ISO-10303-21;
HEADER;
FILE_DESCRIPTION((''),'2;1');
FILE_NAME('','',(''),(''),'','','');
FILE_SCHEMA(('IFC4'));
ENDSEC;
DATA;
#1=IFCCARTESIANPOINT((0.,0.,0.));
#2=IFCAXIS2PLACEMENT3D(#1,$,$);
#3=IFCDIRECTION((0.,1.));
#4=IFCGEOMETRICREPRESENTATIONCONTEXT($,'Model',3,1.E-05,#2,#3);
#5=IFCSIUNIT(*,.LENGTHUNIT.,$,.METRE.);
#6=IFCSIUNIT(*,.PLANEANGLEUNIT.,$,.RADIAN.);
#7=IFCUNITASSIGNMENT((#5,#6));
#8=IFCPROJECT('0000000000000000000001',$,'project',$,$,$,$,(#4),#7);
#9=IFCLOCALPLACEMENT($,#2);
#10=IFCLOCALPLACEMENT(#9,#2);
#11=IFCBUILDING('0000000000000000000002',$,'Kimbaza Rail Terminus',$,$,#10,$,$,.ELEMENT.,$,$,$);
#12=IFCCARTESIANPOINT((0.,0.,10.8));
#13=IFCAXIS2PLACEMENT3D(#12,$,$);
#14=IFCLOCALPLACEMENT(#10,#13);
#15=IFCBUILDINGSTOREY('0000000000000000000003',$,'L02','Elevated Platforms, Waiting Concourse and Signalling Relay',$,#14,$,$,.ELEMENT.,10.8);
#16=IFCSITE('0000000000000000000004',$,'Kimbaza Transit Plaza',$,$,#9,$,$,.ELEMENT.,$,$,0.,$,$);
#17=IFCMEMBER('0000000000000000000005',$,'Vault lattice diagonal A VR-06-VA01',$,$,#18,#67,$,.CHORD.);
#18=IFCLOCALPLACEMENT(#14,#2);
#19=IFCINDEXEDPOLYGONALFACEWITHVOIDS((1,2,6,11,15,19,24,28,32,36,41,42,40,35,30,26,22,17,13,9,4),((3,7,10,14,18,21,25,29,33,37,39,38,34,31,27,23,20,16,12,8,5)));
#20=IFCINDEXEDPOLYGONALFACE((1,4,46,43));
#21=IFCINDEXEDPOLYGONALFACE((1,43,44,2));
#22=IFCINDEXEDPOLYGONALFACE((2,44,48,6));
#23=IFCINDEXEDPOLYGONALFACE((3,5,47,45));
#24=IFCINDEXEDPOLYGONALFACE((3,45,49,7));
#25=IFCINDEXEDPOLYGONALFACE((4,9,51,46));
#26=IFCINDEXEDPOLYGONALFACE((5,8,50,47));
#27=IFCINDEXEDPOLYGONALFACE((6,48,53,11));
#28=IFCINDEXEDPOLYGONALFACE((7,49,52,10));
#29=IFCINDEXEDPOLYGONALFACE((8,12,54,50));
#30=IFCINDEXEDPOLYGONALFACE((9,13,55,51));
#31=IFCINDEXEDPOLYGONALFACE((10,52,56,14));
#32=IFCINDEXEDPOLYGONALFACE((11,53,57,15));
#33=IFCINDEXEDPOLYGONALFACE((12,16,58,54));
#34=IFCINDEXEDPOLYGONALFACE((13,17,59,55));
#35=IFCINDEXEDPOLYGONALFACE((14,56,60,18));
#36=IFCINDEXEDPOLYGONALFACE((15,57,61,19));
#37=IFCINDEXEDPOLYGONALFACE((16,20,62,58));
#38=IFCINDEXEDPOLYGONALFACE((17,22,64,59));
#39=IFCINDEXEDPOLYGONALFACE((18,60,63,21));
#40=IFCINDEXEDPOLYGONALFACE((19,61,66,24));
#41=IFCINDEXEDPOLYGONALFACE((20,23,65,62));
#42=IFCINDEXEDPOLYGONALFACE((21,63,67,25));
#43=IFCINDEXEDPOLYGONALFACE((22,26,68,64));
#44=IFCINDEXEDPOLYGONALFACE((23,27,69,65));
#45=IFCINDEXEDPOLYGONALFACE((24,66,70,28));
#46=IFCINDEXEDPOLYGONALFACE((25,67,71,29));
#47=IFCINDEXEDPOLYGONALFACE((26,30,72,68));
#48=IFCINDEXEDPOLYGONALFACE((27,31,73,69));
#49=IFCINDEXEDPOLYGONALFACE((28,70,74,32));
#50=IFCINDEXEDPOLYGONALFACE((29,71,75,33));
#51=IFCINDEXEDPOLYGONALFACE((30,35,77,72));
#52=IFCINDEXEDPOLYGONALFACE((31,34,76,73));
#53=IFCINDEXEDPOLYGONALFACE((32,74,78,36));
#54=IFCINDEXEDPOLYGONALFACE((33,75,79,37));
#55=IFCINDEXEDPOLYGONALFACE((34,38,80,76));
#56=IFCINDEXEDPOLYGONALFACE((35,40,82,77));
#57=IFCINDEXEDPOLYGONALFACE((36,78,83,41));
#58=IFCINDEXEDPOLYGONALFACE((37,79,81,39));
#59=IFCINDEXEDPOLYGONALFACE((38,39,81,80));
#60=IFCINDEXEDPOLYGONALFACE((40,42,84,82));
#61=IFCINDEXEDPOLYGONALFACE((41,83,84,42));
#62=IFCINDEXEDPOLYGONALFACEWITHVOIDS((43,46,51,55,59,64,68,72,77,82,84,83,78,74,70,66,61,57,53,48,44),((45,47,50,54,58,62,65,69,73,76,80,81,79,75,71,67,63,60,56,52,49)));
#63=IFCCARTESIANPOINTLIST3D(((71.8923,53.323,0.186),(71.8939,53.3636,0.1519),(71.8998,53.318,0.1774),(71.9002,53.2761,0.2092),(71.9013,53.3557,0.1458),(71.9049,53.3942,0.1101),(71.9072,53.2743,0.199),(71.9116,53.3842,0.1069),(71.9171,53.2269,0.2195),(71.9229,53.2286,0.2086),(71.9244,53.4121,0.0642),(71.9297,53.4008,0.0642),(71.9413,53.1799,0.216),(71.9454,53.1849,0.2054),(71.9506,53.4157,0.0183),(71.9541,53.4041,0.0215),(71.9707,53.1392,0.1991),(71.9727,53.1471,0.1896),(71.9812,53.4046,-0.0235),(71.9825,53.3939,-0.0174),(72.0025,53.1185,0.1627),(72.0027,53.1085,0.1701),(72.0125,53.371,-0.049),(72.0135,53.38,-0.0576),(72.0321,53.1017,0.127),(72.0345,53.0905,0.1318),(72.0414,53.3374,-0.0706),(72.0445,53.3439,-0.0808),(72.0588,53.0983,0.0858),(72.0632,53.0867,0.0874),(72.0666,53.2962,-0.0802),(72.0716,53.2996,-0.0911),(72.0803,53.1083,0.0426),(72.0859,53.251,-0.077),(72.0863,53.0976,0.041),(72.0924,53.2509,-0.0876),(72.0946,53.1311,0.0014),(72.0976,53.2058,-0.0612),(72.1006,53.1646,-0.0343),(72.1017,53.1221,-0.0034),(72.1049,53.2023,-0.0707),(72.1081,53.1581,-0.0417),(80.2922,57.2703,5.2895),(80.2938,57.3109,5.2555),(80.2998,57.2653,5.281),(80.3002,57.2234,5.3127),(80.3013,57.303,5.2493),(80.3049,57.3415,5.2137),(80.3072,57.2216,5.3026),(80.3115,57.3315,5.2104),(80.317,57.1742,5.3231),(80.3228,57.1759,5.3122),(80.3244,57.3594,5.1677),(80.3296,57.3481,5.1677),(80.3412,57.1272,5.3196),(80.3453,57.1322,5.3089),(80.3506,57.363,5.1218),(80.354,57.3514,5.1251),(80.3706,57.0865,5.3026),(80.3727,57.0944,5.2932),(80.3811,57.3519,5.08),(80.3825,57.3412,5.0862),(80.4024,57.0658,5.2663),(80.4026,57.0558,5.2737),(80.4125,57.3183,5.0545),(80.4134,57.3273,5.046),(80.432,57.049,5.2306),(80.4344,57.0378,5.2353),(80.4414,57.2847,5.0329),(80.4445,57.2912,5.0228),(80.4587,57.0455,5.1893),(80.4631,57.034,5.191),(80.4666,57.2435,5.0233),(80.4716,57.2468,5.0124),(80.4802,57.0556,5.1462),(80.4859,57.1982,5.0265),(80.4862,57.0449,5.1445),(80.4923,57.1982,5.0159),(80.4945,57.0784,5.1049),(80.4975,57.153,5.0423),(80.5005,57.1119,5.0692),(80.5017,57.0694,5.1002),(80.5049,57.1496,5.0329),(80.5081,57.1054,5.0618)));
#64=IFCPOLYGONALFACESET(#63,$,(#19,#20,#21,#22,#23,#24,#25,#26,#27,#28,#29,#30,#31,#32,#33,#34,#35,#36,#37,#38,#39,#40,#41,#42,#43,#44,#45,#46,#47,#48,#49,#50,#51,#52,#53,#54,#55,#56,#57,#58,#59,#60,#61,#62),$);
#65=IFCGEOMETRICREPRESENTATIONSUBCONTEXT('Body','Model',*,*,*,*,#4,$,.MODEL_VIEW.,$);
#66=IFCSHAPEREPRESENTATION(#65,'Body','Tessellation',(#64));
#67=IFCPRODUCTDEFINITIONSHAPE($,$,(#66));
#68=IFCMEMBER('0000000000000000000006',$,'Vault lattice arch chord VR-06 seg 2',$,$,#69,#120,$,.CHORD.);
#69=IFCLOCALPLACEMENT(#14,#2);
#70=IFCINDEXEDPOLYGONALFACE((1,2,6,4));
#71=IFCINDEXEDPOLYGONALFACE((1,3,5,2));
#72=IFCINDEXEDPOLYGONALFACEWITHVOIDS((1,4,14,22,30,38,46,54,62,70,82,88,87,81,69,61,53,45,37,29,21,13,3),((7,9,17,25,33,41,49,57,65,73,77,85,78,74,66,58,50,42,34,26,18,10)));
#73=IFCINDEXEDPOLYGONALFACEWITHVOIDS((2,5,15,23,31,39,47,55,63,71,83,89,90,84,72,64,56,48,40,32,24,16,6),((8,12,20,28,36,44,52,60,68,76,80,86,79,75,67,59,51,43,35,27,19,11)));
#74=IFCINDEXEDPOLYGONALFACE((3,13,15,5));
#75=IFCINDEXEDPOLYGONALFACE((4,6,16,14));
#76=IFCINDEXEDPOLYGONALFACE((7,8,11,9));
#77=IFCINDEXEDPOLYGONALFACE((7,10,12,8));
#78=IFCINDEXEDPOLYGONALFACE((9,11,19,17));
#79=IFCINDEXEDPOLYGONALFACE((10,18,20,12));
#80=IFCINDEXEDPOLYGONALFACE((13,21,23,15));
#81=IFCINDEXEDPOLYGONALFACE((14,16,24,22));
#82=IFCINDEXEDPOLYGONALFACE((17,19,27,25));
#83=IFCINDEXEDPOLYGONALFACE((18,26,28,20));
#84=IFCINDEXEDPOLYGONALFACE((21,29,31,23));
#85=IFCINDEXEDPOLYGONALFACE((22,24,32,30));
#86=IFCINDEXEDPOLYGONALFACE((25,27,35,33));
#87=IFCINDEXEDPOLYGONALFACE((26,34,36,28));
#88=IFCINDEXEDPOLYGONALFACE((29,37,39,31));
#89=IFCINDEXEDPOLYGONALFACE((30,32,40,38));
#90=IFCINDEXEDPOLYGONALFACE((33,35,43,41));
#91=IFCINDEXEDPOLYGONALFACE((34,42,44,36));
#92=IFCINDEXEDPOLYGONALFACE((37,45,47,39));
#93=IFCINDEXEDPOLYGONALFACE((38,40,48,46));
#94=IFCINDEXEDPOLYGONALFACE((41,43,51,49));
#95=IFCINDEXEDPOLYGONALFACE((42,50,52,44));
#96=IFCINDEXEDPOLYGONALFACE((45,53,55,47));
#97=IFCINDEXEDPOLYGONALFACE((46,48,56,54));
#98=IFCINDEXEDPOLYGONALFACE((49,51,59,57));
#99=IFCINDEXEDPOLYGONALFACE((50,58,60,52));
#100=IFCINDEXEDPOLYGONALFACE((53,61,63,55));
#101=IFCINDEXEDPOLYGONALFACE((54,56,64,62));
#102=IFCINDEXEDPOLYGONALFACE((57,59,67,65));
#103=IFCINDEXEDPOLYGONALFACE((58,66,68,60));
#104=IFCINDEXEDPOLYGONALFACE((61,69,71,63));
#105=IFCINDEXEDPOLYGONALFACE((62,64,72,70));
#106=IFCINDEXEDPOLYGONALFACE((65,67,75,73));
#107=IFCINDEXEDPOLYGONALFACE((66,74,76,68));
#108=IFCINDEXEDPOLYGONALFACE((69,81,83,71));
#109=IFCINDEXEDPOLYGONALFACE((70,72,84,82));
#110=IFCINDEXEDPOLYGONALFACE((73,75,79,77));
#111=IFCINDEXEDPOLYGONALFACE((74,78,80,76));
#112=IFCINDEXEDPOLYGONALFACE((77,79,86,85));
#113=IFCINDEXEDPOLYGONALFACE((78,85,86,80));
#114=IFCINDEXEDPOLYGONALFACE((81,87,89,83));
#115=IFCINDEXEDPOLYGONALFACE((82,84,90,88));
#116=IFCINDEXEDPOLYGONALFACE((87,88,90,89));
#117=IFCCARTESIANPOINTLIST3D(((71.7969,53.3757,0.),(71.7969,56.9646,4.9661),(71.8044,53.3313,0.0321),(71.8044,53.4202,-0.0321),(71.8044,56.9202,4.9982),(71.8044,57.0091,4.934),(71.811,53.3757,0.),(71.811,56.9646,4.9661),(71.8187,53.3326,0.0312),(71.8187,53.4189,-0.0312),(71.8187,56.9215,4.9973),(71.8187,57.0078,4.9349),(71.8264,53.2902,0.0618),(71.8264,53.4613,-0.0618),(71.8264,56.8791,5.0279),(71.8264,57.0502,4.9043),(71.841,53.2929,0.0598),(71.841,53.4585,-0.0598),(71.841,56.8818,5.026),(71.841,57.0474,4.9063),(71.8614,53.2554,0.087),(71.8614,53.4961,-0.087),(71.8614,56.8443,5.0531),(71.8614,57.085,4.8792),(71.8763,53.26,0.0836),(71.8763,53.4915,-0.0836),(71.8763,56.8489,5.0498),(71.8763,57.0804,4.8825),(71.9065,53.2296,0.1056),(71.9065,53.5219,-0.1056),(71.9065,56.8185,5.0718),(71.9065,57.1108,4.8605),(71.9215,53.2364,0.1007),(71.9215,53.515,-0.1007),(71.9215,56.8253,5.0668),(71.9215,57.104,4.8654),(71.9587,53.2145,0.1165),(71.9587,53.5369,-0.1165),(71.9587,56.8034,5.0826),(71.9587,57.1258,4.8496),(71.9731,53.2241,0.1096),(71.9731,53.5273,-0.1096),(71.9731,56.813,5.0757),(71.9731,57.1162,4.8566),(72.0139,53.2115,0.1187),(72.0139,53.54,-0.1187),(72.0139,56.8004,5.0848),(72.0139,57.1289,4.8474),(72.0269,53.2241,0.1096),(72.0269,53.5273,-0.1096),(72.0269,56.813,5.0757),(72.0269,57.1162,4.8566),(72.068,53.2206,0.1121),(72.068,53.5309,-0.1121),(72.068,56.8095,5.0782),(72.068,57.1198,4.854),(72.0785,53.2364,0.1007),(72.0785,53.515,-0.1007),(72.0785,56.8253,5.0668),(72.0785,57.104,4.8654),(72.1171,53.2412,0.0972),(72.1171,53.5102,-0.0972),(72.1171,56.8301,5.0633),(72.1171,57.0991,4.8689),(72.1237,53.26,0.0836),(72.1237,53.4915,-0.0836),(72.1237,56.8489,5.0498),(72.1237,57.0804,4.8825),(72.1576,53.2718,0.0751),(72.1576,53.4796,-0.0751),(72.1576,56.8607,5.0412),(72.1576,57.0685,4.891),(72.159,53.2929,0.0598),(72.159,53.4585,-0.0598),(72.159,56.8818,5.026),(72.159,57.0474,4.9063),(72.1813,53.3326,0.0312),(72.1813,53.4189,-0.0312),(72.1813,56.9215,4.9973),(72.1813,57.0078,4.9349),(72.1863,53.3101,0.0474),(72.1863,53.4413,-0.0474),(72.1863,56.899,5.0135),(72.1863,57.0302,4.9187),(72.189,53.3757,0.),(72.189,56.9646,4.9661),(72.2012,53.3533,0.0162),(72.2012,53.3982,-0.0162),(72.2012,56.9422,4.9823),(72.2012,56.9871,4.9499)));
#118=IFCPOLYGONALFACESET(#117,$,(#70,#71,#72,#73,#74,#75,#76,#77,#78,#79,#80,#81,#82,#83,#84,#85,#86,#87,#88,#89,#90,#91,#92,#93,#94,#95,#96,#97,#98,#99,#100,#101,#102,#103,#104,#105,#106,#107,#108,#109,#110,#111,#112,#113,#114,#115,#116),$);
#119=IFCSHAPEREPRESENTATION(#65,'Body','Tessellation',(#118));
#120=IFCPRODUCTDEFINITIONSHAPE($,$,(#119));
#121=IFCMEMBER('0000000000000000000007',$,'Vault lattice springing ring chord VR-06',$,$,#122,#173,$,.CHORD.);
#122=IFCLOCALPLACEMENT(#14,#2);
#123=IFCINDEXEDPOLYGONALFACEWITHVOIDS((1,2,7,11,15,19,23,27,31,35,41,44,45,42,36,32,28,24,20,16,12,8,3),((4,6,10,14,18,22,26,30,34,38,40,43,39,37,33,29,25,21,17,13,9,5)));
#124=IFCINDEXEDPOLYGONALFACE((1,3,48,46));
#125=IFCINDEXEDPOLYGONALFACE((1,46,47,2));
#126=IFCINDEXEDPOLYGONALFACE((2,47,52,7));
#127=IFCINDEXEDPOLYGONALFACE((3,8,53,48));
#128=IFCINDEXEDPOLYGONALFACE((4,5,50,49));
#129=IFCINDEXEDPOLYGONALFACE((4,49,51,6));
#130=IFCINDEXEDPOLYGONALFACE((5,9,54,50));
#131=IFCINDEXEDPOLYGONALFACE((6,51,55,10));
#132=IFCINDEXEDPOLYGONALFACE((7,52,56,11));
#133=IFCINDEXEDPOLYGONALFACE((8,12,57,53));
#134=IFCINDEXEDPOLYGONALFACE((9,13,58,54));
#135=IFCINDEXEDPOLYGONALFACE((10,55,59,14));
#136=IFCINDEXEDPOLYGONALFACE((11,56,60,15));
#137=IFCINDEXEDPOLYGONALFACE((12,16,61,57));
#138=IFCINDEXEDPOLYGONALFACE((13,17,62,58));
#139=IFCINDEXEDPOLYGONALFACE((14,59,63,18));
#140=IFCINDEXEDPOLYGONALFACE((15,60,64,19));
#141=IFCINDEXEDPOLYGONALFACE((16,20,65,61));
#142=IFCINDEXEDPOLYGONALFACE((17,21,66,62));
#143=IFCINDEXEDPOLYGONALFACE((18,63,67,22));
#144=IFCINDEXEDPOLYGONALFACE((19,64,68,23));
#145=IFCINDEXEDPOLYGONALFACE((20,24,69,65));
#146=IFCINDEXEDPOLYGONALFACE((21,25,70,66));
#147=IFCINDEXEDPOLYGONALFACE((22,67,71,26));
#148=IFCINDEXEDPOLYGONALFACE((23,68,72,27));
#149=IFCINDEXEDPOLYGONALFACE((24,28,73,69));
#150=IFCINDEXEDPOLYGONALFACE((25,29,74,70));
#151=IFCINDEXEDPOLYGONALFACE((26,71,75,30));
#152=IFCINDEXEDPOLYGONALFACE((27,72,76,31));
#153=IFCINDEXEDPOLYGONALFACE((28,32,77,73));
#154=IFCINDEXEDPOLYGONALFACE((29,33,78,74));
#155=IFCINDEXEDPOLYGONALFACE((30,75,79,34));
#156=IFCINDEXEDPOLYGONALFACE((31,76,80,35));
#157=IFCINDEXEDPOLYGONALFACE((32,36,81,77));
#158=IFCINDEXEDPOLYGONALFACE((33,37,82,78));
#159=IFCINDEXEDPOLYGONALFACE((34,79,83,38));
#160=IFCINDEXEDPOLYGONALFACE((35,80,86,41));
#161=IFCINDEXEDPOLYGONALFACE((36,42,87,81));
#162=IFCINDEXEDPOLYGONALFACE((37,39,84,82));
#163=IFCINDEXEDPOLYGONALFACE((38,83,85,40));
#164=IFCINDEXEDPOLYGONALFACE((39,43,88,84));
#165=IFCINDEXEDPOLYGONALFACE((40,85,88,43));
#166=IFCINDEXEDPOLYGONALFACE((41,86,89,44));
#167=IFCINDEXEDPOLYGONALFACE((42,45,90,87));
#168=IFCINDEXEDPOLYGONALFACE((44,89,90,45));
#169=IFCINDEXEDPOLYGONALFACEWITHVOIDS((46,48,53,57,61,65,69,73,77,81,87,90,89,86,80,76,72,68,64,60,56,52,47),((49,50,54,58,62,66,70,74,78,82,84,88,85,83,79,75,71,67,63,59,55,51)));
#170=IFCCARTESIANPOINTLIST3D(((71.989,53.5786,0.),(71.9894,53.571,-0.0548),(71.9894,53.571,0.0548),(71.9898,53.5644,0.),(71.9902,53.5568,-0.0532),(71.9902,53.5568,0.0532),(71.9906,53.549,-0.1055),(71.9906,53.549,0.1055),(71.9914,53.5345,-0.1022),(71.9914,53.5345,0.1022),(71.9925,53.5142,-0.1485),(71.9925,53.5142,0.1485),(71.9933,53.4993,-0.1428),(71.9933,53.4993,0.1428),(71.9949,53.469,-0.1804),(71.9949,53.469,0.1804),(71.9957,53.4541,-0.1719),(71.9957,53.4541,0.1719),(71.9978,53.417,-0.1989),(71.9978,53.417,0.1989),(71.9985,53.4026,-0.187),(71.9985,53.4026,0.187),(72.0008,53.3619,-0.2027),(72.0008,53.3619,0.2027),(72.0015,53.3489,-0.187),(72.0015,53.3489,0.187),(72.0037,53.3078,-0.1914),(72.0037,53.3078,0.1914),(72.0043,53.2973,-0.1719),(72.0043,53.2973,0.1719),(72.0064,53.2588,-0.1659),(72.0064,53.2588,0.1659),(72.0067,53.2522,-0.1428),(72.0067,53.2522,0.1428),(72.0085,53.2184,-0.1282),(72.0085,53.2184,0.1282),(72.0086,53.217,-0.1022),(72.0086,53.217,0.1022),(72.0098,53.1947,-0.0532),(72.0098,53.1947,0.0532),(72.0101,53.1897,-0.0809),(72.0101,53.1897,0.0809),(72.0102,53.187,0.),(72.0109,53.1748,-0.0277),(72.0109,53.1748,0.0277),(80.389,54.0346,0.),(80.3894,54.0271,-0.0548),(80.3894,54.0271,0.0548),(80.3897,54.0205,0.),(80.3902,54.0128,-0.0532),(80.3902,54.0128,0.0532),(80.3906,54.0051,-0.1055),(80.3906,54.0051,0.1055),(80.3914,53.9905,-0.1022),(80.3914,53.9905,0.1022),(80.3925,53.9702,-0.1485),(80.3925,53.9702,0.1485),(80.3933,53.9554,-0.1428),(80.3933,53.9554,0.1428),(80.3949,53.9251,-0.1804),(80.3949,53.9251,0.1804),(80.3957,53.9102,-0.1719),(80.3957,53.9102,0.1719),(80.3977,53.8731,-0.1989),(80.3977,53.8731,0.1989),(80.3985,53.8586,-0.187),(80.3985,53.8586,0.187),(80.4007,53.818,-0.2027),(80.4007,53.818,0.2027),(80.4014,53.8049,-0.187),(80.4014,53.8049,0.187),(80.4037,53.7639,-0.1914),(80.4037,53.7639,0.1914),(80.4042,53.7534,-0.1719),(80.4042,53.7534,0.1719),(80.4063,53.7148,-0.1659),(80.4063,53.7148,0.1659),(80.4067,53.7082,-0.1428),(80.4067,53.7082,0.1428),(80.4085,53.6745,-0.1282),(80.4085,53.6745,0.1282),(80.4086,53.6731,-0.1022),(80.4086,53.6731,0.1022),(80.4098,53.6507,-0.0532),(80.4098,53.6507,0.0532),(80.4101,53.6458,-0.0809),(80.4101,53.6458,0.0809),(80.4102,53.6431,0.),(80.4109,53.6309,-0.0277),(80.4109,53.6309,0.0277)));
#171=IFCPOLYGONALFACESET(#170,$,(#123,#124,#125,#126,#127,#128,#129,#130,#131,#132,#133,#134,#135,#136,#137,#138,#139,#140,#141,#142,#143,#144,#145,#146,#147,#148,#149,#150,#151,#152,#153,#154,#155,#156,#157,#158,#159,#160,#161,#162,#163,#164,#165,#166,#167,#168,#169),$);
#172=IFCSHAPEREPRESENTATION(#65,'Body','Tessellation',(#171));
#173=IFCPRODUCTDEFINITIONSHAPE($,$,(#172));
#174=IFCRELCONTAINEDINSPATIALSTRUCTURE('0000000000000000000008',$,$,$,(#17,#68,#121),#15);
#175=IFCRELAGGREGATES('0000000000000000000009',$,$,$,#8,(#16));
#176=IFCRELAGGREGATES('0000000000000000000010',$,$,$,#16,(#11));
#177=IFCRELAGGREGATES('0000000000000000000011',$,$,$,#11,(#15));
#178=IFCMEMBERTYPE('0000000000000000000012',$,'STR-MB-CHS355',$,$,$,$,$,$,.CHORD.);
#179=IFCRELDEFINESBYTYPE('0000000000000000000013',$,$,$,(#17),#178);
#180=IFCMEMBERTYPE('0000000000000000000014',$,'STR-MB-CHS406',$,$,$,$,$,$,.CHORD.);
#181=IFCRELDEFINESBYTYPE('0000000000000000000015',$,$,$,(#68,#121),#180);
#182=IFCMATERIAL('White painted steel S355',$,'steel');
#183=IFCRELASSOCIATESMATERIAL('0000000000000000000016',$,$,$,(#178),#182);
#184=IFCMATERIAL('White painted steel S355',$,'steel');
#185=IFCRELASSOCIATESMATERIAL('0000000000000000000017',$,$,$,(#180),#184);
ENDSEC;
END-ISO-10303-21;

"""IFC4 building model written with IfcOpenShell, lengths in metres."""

from ifc_helpers import new_model, si_unit, direction, frame, origin, origin_2d, place, context, subcontext, project, spatial, hollow_circle, extrude, material, material_profile, profile_set, type_object, element, save


model = new_model("IFC4")

# Units and contexts
model_context = context("Model", 3, precision=1e-05, world=origin(), true_north=direction((0.0, 1.0)))
body_context = subcontext(model_context, "Body", "Model", "MODEL_VIEW")
ifc_project = project(units=[si_unit("LENGTHUNIT", "METRE"), si_unit("PLANEANGLEUNIT", "RADIAN")], contexts=[model_context])

# Site, building, storey
site_placement = place(None, origin())
site = spatial("IfcSite", under=ifc_project, at=site_placement, Name="Kimbaza Transit Plaza", CompositionType="ELEMENT", RefElevation=0.0)
building_placement = place(site_placement, origin())
building = spatial("IfcBuilding", under=site, at=building_placement, Name="Kimbaza Rail Terminus", CompositionType="ELEMENT")
storey_placement = place(building_placement, frame((0.0, 0.0, 10.8)))
storey = spatial("IfcBuildingStorey", under=building, at=storey_placement, Name="L02", Description="Elevated Platforms, Waiting Concourse and Signalling Relay", CompositionType="ELEMENT", Elevation=10.8)

# Members
ifc_material_1 = material(Name="White painted steel S355", Category="steel")
ifc_material_profile_1 = material_profile(ifc_material_1, hollow_circle(Radius=0.1777, WallThickness=0.0125, at=origin_2d()), Name="CHS 355.6x12.5")
ifc_profile_set_1 = profile_set([ifc_material_profile_1], Name="White painted steel S355")
member_type_1 = type_object("IfcMemberType", Name="STR-MB-CHS355", PredefinedType="CHORD", material=ifc_profile_set_1)
member_1_placement = place(storey_placement, frame((72.0, 53.2512, 0.0642), z_axis=(0.793061, 0.372674, 0.481839), x_axis=(-0.4253, 0.905052, 0.0)))
element("IfcMember", 1, at=member_1_placement, inside=storey, type_object=member_type_1, Name="Vault lattice diagonal A VR-06-VA01", PredefinedType="CHORD", context=body_context, shape_type="SweptSolid", body=[
    extrude(hollow_circle(Radius=0.1777, WallThickness=0.0125, at=origin_2d()), origin(), (0.0, 0.0, 1.0), 10.5918),
])
ifc_material_2 = material(Name="White painted steel S355", Category="steel")
ifc_material_profile_2 = material_profile(ifc_material_2, hollow_circle(Radius=0.2031, WallThickness=0.0142, at=origin_2d()), Name="CHS 406.4x14.2")
ifc_profile_set_2 = profile_set([ifc_material_profile_2], Name="White painted steel S355")
member_type_2 = type_object("IfcMemberType", Name="STR-MB-CHS406", PredefinedType="CHORD", material=ifc_profile_set_2)
member_2_placement = place(storey_placement, frame((72.0, 53.3757, 0.0), z_axis=(0.0, 0.585733, 0.810504), x_axis=(-1.0, 0.0, 0.0)))
element("IfcMember", 2, at=member_2_placement, inside=storey, type_object=member_type_2, Name="Vault lattice arch chord VR-06 seg 2", PredefinedType="CHORD", context=body_context, shape_type="SweptSolid", body=[
    extrude(hollow_circle(Radius=0.2031, WallThickness=0.0142, at=origin_2d()), origin(), (0.0, 0.0, 1.0), 6.1272),
])
member_3_placement = place(storey_placement, frame((72.0, 53.3757, 0.0), z_axis=(0.998529, 0.054213, 0.0), x_axis=(-0.054213, 0.998529, 0.0)))
element("IfcMember", 3, at=member_3_placement, inside=storey, type_object=member_type_2, Name="Vault lattice springing ring chord VR-06", PredefinedType="CHORD", context=body_context, shape_type="SweptSolid", body=[
    extrude(hollow_circle(Radius=0.2031, WallThickness=0.0142, at=origin_2d()), origin(), (0.0, 0.0, 1.0), 8.4124),
])

save(model, "model.ifc")
